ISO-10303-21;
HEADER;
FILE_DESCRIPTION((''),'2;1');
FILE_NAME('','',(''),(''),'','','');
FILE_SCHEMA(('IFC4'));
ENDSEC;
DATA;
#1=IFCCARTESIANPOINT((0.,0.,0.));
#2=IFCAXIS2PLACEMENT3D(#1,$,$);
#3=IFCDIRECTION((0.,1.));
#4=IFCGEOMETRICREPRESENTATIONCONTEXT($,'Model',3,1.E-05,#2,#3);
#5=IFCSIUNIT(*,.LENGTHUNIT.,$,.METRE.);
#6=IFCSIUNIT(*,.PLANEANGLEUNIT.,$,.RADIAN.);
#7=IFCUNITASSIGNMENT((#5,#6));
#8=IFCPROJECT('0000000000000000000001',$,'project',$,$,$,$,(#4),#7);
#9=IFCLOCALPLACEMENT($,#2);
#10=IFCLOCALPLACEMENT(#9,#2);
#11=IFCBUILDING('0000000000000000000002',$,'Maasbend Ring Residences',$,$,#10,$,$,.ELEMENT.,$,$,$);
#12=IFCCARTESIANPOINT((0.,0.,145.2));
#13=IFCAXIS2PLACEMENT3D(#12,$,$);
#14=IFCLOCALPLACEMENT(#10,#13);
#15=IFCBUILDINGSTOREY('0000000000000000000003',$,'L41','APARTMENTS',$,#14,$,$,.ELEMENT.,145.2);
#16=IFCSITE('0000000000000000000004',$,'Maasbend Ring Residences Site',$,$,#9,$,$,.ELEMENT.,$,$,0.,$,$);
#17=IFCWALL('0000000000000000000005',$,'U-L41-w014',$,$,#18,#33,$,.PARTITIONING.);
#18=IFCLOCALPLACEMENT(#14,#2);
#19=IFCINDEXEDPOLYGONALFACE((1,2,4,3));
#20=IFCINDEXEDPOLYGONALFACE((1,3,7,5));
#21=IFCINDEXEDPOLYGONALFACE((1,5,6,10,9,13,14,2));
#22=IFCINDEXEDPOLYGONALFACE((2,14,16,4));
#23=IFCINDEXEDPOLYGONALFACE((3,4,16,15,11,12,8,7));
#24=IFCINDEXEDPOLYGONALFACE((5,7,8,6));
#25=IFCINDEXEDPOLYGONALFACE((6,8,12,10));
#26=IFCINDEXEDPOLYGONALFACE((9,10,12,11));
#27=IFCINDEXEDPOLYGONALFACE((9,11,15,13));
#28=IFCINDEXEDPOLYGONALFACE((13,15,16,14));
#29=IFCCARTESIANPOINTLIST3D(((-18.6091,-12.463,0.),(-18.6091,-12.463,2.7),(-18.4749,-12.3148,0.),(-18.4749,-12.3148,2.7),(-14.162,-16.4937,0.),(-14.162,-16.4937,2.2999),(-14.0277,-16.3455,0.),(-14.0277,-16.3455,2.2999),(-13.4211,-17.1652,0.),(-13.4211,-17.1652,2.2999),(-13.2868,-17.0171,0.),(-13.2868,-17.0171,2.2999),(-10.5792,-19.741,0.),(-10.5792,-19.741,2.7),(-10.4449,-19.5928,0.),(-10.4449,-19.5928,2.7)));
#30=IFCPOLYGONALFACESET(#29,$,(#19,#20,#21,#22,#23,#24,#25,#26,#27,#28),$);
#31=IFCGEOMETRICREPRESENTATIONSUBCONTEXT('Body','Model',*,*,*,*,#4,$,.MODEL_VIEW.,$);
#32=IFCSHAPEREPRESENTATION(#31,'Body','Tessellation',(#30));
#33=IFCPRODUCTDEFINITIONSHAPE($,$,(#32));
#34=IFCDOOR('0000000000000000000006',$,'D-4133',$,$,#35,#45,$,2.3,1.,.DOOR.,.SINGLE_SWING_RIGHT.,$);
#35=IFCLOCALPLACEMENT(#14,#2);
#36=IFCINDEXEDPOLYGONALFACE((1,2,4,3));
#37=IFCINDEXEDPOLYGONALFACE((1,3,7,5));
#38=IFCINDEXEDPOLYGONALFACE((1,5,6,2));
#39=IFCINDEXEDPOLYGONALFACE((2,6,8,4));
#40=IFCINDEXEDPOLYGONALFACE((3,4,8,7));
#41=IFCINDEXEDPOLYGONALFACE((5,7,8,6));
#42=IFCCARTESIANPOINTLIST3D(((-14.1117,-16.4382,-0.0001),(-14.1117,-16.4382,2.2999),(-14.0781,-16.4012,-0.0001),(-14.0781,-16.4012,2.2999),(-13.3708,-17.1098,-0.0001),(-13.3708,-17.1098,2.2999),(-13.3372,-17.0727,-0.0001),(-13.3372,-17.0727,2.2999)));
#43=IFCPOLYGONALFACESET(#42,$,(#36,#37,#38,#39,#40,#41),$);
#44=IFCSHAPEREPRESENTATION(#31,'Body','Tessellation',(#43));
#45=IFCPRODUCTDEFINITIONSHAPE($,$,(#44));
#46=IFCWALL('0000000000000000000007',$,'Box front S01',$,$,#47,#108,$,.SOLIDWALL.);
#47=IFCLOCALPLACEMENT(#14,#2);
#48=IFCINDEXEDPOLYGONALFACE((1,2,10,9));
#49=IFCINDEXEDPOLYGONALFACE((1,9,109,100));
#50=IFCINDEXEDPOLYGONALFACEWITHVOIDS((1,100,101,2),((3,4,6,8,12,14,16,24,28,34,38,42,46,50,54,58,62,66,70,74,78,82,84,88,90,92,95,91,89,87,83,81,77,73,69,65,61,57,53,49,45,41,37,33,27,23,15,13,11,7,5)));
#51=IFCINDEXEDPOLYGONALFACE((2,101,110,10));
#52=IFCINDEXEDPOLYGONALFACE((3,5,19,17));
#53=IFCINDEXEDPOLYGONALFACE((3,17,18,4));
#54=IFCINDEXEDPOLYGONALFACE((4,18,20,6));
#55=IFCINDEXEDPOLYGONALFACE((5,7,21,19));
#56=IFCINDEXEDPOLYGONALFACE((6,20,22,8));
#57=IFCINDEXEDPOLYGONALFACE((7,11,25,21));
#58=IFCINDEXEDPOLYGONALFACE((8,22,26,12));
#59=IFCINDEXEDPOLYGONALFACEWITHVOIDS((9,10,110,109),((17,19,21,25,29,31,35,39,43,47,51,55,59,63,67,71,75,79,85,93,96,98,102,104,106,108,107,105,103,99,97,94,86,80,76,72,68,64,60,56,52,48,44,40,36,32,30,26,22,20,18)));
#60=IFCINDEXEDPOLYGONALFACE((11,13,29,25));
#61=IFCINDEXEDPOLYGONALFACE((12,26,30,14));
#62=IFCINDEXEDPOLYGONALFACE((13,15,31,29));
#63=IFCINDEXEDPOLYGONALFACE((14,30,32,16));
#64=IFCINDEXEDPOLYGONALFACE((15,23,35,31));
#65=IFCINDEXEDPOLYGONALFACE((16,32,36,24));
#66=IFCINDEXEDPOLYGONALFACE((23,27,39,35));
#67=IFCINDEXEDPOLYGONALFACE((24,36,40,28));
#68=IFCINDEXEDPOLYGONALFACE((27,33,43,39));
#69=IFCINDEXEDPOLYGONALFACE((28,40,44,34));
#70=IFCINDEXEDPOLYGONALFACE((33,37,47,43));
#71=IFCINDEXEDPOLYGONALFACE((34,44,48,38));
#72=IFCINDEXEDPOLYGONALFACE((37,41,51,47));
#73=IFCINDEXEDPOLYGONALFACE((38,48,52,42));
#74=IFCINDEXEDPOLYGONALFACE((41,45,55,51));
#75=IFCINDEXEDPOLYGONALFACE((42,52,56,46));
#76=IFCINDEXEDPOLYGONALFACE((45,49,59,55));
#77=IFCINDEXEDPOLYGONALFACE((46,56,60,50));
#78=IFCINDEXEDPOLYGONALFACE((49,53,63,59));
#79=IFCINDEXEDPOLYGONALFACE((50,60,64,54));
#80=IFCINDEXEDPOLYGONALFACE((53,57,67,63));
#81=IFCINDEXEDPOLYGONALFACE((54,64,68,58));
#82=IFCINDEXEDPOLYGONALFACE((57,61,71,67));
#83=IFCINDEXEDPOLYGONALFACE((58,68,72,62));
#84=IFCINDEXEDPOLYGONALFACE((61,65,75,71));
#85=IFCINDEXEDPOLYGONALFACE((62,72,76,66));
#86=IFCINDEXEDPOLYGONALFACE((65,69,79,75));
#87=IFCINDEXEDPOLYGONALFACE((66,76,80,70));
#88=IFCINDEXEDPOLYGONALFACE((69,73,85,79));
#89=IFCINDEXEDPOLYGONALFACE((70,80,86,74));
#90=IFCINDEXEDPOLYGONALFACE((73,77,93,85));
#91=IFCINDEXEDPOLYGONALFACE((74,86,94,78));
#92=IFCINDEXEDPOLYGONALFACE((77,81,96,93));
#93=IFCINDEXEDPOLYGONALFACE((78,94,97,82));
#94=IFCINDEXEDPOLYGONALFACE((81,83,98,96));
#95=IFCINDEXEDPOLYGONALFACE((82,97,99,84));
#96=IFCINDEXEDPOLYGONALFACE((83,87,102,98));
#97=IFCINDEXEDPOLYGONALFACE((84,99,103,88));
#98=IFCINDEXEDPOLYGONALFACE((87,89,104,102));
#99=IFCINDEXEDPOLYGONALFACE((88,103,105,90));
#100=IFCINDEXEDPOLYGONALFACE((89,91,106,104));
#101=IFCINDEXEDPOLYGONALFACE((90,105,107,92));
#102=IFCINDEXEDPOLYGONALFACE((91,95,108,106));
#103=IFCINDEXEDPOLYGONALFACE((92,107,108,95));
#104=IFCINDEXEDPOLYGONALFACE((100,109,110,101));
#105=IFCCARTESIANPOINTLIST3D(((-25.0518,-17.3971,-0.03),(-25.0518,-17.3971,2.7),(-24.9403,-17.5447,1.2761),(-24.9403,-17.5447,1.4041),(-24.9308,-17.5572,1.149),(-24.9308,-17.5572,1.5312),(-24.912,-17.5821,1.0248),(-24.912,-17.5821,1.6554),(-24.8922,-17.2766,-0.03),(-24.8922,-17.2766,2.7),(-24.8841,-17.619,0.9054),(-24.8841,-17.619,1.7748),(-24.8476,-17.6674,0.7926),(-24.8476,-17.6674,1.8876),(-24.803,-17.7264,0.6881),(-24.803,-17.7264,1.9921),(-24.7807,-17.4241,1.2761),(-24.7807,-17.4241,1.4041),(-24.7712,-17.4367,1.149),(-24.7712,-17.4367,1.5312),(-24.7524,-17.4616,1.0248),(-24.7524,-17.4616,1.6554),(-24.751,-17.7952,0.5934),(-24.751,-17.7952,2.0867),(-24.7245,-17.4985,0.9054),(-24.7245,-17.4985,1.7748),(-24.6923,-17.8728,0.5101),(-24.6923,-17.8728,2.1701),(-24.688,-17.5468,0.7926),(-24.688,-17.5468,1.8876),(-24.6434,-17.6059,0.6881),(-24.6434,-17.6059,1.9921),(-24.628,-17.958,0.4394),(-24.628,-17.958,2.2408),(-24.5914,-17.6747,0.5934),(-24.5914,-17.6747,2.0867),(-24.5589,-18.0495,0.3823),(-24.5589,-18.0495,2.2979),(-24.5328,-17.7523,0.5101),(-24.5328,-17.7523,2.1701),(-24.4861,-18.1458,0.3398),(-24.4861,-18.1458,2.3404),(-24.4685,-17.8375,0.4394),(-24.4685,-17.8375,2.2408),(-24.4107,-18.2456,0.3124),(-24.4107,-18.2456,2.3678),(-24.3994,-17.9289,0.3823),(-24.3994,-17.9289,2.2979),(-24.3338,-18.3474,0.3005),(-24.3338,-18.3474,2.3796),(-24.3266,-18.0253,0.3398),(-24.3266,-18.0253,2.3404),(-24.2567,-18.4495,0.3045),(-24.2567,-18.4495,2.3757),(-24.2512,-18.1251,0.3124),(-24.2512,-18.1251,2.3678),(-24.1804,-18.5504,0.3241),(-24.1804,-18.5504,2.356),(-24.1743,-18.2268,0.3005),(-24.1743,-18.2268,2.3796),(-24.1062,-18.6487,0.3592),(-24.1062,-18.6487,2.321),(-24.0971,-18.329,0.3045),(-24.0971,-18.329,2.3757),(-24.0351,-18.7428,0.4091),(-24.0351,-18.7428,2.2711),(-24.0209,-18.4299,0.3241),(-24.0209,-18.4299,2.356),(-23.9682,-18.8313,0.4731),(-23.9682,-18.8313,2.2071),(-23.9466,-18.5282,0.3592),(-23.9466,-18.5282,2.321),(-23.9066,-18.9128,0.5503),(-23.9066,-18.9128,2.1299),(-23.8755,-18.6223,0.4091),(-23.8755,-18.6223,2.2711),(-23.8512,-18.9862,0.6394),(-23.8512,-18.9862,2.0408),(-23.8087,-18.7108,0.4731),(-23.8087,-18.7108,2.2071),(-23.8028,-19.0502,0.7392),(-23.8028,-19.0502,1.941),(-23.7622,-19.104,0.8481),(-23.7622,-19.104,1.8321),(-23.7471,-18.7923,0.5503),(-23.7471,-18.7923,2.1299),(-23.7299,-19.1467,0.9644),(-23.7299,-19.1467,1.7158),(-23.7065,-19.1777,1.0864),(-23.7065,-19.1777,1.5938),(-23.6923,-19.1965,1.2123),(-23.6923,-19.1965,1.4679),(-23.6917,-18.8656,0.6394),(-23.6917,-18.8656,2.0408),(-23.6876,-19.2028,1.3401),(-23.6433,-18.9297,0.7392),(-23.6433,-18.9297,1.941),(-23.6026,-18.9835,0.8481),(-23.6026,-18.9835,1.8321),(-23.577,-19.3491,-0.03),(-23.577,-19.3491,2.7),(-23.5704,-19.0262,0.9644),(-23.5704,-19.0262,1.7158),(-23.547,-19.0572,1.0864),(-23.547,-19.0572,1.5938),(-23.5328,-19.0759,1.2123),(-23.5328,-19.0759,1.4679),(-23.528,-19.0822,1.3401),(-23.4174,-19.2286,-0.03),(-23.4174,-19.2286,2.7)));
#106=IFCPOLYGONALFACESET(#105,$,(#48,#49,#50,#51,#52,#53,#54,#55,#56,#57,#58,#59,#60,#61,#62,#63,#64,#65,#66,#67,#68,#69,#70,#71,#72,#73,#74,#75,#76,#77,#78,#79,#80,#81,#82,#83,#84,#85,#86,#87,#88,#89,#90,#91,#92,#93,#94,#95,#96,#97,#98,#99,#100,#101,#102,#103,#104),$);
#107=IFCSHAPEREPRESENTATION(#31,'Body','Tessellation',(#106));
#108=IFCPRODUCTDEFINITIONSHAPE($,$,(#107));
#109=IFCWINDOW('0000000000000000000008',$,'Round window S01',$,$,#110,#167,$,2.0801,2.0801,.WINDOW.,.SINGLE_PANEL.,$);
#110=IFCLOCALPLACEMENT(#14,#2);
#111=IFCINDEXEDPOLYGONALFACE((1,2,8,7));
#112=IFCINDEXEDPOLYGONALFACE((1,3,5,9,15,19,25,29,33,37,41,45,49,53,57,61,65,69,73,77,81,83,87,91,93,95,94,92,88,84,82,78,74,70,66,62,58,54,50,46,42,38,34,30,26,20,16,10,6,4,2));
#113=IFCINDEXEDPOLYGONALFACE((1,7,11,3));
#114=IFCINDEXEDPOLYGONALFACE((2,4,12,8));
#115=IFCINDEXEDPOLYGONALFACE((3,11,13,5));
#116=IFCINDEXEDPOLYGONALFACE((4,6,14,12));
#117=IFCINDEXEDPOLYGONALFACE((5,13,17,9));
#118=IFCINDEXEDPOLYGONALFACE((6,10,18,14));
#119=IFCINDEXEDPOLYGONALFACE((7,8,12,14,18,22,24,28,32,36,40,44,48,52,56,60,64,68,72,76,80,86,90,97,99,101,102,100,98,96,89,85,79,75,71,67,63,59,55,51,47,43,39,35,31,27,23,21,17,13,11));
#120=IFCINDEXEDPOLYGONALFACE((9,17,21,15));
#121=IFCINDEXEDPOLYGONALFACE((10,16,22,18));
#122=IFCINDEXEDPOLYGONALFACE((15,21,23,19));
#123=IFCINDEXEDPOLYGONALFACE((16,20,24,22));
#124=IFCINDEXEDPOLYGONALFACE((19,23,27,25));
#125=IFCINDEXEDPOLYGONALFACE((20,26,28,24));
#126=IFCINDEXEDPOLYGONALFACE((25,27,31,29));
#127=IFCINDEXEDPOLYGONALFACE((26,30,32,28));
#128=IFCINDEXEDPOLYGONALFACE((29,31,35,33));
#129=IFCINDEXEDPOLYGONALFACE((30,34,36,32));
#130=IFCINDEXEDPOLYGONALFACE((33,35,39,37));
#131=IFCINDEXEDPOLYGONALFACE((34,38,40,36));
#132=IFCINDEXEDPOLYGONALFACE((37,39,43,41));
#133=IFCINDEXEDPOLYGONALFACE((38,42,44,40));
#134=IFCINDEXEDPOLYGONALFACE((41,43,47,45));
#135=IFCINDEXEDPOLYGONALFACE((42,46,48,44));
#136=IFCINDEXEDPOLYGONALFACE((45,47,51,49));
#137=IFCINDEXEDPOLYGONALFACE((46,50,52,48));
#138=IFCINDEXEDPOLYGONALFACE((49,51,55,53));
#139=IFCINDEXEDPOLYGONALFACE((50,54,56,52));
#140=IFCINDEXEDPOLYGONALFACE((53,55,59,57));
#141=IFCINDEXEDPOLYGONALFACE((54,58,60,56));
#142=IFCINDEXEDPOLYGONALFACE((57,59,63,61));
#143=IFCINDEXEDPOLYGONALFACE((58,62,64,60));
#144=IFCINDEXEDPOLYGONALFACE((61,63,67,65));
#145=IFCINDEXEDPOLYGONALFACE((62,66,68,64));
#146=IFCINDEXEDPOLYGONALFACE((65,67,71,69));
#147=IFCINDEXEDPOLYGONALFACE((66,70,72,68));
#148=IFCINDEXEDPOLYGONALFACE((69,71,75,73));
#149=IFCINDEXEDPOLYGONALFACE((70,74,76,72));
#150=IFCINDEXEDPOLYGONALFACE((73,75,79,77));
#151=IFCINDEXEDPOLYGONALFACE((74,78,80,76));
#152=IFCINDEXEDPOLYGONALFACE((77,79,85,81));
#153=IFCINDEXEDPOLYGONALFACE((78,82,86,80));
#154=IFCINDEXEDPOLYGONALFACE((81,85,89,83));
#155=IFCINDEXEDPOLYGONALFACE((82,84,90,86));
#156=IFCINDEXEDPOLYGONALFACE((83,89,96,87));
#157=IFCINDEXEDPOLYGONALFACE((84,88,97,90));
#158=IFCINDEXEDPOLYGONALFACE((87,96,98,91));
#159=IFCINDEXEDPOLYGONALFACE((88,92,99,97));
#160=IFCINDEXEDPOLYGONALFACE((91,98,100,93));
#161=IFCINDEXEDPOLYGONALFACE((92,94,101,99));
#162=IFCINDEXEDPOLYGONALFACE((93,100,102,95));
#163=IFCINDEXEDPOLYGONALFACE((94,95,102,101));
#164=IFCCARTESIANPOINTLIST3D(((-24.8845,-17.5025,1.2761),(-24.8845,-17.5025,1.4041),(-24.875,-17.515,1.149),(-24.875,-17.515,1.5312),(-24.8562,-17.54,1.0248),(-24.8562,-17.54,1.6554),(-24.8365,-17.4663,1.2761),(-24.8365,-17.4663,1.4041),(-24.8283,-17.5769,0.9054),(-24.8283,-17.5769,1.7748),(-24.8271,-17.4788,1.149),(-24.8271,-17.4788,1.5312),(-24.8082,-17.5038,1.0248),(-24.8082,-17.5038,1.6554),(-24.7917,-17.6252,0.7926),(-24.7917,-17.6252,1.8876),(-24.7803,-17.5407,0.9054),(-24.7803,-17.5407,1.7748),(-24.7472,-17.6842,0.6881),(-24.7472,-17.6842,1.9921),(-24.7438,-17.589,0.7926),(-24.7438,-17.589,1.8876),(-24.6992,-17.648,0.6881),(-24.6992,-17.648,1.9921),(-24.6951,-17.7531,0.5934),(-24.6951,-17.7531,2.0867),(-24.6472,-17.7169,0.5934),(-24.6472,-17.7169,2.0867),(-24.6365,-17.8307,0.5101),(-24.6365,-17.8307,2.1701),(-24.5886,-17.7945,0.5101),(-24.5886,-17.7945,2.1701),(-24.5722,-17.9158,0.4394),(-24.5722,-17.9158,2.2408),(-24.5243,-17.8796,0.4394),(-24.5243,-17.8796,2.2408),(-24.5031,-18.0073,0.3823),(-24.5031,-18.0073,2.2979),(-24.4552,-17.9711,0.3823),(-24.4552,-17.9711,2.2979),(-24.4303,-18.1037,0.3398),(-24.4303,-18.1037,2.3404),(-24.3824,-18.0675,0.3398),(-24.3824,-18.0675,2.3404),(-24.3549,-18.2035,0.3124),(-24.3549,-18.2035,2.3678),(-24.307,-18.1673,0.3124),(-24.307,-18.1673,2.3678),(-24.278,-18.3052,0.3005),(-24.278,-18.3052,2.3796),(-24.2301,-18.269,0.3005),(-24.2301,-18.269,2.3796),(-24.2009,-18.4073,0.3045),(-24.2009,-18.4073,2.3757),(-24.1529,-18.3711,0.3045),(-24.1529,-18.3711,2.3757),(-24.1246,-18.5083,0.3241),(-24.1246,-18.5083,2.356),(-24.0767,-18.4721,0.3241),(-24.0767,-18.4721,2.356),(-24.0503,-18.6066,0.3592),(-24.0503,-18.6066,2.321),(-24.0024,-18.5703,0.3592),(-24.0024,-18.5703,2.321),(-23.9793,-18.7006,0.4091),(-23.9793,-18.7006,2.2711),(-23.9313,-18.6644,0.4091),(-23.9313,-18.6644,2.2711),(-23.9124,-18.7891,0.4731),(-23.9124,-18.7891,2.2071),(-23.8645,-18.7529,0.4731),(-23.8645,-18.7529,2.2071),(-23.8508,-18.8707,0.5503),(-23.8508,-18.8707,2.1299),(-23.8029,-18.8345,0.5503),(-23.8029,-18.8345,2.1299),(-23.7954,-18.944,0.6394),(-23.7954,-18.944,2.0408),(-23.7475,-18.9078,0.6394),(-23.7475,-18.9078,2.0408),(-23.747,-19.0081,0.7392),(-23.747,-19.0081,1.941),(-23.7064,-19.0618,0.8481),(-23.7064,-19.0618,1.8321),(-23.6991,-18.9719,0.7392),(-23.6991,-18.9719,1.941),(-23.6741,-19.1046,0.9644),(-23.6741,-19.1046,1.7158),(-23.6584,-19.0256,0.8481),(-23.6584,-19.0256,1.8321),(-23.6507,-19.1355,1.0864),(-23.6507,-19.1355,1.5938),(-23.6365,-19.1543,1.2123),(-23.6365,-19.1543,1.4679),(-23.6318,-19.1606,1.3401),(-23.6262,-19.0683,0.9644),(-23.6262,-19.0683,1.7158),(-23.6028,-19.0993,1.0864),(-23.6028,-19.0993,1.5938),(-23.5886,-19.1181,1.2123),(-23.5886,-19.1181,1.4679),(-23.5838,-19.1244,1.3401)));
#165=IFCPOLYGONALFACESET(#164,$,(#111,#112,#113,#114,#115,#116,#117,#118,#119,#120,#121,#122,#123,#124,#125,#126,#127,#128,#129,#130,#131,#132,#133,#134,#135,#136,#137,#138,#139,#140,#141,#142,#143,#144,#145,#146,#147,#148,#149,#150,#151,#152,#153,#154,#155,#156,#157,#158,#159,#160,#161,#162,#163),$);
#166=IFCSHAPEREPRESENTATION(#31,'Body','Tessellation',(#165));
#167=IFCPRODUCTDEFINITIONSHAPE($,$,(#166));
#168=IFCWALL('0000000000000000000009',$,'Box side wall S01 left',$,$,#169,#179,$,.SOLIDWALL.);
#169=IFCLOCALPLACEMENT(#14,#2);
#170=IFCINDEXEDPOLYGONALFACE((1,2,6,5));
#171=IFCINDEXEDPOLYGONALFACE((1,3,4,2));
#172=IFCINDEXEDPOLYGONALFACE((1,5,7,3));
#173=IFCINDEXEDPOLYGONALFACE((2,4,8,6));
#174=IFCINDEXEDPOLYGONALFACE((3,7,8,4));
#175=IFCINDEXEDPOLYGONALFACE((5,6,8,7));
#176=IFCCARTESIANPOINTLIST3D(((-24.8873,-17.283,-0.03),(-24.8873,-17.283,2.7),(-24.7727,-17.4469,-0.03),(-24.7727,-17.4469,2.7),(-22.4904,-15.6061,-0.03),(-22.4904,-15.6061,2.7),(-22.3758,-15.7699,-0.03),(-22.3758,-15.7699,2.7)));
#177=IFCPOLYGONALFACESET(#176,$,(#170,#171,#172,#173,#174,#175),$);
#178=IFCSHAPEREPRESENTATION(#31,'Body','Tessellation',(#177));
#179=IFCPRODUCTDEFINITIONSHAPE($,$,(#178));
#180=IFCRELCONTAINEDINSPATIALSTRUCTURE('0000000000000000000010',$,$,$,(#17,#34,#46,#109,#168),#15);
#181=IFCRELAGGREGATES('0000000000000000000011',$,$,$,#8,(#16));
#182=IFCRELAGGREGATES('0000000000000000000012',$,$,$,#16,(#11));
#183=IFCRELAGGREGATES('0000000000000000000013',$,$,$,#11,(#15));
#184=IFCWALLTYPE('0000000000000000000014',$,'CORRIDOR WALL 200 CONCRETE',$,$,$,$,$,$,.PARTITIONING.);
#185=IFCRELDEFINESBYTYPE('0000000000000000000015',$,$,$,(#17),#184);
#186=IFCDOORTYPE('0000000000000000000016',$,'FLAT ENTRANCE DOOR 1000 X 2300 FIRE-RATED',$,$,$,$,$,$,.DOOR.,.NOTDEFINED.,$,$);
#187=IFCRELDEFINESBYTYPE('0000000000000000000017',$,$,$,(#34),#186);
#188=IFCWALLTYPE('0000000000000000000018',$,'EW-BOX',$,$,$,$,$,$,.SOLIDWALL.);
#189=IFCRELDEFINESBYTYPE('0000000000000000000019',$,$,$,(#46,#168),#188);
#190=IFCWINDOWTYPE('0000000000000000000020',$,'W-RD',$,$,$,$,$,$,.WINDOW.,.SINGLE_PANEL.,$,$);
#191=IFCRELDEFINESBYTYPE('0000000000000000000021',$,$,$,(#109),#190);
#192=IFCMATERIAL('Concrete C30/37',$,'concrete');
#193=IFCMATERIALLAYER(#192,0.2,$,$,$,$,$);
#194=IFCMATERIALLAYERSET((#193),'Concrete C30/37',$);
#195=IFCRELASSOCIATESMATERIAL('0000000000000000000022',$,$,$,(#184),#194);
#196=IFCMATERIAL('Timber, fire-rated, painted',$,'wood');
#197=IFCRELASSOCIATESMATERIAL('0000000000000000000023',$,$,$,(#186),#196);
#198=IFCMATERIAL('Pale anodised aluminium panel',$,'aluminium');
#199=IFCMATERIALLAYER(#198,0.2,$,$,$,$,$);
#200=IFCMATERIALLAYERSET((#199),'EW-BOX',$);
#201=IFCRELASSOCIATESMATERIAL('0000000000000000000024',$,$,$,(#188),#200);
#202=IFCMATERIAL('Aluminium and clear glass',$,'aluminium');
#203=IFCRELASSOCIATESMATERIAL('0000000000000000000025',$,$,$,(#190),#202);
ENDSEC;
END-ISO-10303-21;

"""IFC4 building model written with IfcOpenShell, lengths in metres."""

from ifc_helpers import new_model, si_unit, direction, frame, frame_2d, origin, place, context, subcontext, project, spatial, rectangle, circle, extrude, material, layer, layer_set, type_object, element, fill, save


model = new_model("IFC4")

# Units and contexts
model_context = context("Model", 3, precision=1e-05, world=origin(), true_north=direction((0.0, 1.0)))
body_context = subcontext(model_context, "Body", "Model", "MODEL_VIEW")
ifc_project = project(units=[si_unit("LENGTHUNIT", "METRE"), si_unit("PLANEANGLEUNIT", "RADIAN")], contexts=[model_context])

# Site, building, storey
site_placement = place(None, origin())
site = spatial("IfcSite", under=ifc_project, at=site_placement, Name="Maasbend Ring Residences Site", CompositionType="ELEMENT", RefElevation=0.0)
building_placement = place(site_placement, origin())
building = spatial("IfcBuilding", under=site, at=building_placement, Name="Maasbend Ring Residences", CompositionType="ELEMENT")
storey_placement = place(building_placement, frame((0.0, 0.0, 145.2)))
storey = spatial("IfcBuildingStorey", under=building, at=storey_placement, Name="L41", Description="APARTMENTS", CompositionType="ELEMENT", Elevation=145.2)

# Wall, opening, door
ifc_material_1 = material(Name="Concrete C30/37", Category="concrete")
ifc_layer_1 = layer(ifc_material_1, 0.2)
ifc_layer_set_1 = layer_set([ifc_layer_1], Name="Concrete C30/37")
wall_type_1 = type_object("IfcWallType", Name="CORRIDOR WALL 200 CONCRETE", PredefinedType="PARTITIONING", material=ifc_layer_set_1)
wall_1_placement = place(storey_placement, frame((-18.542, -12.3889, 0.0), z_axis=(0.0, 0.0, 1.0), x_axis=(0.740947, -0.671563, 0.0)))
wall_1 = element("IfcWall", 1, at=wall_1_placement, inside=storey, type_object=wall_type_1, Name="U-L41-w014", PredefinedType="PARTITIONING", context=body_context, shape_type="SweptSolid", body=[
    extrude(rectangle(XDim=10.8374, YDim=0.2, at=frame_2d((5.4187, 0.0))), origin(), (0.0, 0.0, 1.0), 2.7),
])
opening_1_placement = place(wall_1_placement, frame((6.002, 0.0, 0.0)))
opening_1 = element("IfcOpeningElement", 2, at=opening_1_placement, cuts=wall_1, PredefinedType="OPENING", context=body_context, shape_type="SweptSolid", body=[
    extrude(rectangle(XDim=1.0, YDim=2.3, at=frame_2d((0.5, 1.1499))), frame((0.0, 0.1099, 0.0), z_axis=(0.0, -1.0, 0.0), x_axis=(1.0, 0.0, 0.0)), (0.0, 0.0, 1.0), 0.22),
])
ifc_material_2 = material(Name="Timber, fire-rated, painted", Category="wood")
door_type_1 = type_object("IfcDoorType", Name="FLAT ENTRANCE DOOR 1000 X 2300 FIRE-RATED", OperationType="NOTDEFINED", PredefinedType="DOOR", material=ifc_material_2)
door_1_placement = place(opening_1_placement, origin())
door_1 = element("IfcDoor", 3, at=door_1_placement, inside=storey, type_object=door_type_1, Name="D-4133", OperationType="SINGLE_SWING_RIGHT", OverallHeight=2.3, OverallWidth=1.0, PredefinedType="DOOR", context=body_context, shape_type="SweptSolid", body=[
    extrude(rectangle(XDim=1.0, YDim=2.3, at=frame_2d((0.5, 1.1499))), frame((0.0, 0.0249, 0.0), z_axis=(0.0, -1.0, 0.0), x_axis=(1.0, 0.0, 0.0)), (0.0, 0.0, 1.0), 0.05),
])
fill(opening_1, door_1)

# Wall, opening, window
ifc_material_3 = material(Name="Pale anodised aluminium panel", Category="aluminium")
ifc_layer_2 = layer(ifc_material_3, 0.2)
ifc_layer_set_2 = layer_set([ifc_layer_2], Name="EW-BOX")
wall_type_2 = type_object("IfcWallType", Name="EW-BOX", PredefinedType="SOLIDWALL", material=ifc_layer_set_2)
wall_2_placement = place(storey_placement, frame((-24.9719, -17.3369, -0.03), z_axis=(0.0, 0.0, 1.0), x_axis=(0.602806, -0.797888, 0.0)))
wall_2 = element("IfcWall", 4, at=wall_2_placement, inside=storey, type_object=wall_type_2, Name="Box front S01", PredefinedType="SOLIDWALL", context=body_context, shape_type="SweptSolid", body=[
    extrude(rectangle(XDim=2.4465, YDim=0.2, at=frame_2d((1.2231, 0.0))), origin(), (0.0, 0.0, 1.0), 2.73),
])
opening_2_placement = place(wall_2_placement, frame((0.1829, 0.0, 0.3301)))
opening_2 = element("IfcOpeningElement", 5, at=opening_2_placement, cuts=wall_2, PredefinedType="OPENING", context=body_context, shape_type="SweptSolid", body=[
    extrude(circle(Radius=1.04, at=frame_2d((1.04, 1.04))), frame((0.0, 0.1099, 0.0), z_axis=(0.0, -1.0, 0.0), x_axis=(1.0, 0.0, 0.0)), (0.0, 0.0, 1.0), 0.22),
])
ifc_material_4 = material(Name="Aluminium and clear glass", Category="aluminium")
window_type_1 = type_object("IfcWindowType", Name="W-RD", PartitioningType="SINGLE_PANEL", PredefinedType="WINDOW", material=ifc_material_4)
window_1_placement = place(opening_2_placement, origin())
window_1 = element("IfcWindow", 6, at=window_1_placement, inside=storey, type_object=window_type_1, Name="Round window S01", OverallHeight=2.0801, OverallWidth=2.0801, PartitioningType="SINGLE_PANEL", PredefinedType="WINDOW", context=body_context, shape_type="SweptSolid", body=[
    extrude(circle(Radius=1.04, at=frame_2d((1.04, 1.04))), frame((0.0, 0.03, 0.0), z_axis=(0.0, -1.0, 0.0), x_axis=(1.0, 0.0, 0.0)), (0.0, 0.0, 1.0), 0.0601),
])
fill(opening_2, window_1)

# Wall
wall_3_placement = place(storey_placement, frame((-22.4331, -15.688, -0.03), z_axis=(0.0, 0.0, 1.0), x_axis=(-0.819373, -0.573261, 0.0)))
element("IfcWall", 7, at=wall_3_placement, inside=storey, type_object=wall_type_2, Name="Box side wall S01 left", PredefinedType="SOLIDWALL", context=body_context, shape_type="SweptSolid", body=[
    extrude(rectangle(XDim=2.9253, YDim=0.2, at=frame_2d((1.4626, 0.0))), origin(), (0.0, 0.0, 1.0), 2.73),
])

save(model, "model.ifc")
